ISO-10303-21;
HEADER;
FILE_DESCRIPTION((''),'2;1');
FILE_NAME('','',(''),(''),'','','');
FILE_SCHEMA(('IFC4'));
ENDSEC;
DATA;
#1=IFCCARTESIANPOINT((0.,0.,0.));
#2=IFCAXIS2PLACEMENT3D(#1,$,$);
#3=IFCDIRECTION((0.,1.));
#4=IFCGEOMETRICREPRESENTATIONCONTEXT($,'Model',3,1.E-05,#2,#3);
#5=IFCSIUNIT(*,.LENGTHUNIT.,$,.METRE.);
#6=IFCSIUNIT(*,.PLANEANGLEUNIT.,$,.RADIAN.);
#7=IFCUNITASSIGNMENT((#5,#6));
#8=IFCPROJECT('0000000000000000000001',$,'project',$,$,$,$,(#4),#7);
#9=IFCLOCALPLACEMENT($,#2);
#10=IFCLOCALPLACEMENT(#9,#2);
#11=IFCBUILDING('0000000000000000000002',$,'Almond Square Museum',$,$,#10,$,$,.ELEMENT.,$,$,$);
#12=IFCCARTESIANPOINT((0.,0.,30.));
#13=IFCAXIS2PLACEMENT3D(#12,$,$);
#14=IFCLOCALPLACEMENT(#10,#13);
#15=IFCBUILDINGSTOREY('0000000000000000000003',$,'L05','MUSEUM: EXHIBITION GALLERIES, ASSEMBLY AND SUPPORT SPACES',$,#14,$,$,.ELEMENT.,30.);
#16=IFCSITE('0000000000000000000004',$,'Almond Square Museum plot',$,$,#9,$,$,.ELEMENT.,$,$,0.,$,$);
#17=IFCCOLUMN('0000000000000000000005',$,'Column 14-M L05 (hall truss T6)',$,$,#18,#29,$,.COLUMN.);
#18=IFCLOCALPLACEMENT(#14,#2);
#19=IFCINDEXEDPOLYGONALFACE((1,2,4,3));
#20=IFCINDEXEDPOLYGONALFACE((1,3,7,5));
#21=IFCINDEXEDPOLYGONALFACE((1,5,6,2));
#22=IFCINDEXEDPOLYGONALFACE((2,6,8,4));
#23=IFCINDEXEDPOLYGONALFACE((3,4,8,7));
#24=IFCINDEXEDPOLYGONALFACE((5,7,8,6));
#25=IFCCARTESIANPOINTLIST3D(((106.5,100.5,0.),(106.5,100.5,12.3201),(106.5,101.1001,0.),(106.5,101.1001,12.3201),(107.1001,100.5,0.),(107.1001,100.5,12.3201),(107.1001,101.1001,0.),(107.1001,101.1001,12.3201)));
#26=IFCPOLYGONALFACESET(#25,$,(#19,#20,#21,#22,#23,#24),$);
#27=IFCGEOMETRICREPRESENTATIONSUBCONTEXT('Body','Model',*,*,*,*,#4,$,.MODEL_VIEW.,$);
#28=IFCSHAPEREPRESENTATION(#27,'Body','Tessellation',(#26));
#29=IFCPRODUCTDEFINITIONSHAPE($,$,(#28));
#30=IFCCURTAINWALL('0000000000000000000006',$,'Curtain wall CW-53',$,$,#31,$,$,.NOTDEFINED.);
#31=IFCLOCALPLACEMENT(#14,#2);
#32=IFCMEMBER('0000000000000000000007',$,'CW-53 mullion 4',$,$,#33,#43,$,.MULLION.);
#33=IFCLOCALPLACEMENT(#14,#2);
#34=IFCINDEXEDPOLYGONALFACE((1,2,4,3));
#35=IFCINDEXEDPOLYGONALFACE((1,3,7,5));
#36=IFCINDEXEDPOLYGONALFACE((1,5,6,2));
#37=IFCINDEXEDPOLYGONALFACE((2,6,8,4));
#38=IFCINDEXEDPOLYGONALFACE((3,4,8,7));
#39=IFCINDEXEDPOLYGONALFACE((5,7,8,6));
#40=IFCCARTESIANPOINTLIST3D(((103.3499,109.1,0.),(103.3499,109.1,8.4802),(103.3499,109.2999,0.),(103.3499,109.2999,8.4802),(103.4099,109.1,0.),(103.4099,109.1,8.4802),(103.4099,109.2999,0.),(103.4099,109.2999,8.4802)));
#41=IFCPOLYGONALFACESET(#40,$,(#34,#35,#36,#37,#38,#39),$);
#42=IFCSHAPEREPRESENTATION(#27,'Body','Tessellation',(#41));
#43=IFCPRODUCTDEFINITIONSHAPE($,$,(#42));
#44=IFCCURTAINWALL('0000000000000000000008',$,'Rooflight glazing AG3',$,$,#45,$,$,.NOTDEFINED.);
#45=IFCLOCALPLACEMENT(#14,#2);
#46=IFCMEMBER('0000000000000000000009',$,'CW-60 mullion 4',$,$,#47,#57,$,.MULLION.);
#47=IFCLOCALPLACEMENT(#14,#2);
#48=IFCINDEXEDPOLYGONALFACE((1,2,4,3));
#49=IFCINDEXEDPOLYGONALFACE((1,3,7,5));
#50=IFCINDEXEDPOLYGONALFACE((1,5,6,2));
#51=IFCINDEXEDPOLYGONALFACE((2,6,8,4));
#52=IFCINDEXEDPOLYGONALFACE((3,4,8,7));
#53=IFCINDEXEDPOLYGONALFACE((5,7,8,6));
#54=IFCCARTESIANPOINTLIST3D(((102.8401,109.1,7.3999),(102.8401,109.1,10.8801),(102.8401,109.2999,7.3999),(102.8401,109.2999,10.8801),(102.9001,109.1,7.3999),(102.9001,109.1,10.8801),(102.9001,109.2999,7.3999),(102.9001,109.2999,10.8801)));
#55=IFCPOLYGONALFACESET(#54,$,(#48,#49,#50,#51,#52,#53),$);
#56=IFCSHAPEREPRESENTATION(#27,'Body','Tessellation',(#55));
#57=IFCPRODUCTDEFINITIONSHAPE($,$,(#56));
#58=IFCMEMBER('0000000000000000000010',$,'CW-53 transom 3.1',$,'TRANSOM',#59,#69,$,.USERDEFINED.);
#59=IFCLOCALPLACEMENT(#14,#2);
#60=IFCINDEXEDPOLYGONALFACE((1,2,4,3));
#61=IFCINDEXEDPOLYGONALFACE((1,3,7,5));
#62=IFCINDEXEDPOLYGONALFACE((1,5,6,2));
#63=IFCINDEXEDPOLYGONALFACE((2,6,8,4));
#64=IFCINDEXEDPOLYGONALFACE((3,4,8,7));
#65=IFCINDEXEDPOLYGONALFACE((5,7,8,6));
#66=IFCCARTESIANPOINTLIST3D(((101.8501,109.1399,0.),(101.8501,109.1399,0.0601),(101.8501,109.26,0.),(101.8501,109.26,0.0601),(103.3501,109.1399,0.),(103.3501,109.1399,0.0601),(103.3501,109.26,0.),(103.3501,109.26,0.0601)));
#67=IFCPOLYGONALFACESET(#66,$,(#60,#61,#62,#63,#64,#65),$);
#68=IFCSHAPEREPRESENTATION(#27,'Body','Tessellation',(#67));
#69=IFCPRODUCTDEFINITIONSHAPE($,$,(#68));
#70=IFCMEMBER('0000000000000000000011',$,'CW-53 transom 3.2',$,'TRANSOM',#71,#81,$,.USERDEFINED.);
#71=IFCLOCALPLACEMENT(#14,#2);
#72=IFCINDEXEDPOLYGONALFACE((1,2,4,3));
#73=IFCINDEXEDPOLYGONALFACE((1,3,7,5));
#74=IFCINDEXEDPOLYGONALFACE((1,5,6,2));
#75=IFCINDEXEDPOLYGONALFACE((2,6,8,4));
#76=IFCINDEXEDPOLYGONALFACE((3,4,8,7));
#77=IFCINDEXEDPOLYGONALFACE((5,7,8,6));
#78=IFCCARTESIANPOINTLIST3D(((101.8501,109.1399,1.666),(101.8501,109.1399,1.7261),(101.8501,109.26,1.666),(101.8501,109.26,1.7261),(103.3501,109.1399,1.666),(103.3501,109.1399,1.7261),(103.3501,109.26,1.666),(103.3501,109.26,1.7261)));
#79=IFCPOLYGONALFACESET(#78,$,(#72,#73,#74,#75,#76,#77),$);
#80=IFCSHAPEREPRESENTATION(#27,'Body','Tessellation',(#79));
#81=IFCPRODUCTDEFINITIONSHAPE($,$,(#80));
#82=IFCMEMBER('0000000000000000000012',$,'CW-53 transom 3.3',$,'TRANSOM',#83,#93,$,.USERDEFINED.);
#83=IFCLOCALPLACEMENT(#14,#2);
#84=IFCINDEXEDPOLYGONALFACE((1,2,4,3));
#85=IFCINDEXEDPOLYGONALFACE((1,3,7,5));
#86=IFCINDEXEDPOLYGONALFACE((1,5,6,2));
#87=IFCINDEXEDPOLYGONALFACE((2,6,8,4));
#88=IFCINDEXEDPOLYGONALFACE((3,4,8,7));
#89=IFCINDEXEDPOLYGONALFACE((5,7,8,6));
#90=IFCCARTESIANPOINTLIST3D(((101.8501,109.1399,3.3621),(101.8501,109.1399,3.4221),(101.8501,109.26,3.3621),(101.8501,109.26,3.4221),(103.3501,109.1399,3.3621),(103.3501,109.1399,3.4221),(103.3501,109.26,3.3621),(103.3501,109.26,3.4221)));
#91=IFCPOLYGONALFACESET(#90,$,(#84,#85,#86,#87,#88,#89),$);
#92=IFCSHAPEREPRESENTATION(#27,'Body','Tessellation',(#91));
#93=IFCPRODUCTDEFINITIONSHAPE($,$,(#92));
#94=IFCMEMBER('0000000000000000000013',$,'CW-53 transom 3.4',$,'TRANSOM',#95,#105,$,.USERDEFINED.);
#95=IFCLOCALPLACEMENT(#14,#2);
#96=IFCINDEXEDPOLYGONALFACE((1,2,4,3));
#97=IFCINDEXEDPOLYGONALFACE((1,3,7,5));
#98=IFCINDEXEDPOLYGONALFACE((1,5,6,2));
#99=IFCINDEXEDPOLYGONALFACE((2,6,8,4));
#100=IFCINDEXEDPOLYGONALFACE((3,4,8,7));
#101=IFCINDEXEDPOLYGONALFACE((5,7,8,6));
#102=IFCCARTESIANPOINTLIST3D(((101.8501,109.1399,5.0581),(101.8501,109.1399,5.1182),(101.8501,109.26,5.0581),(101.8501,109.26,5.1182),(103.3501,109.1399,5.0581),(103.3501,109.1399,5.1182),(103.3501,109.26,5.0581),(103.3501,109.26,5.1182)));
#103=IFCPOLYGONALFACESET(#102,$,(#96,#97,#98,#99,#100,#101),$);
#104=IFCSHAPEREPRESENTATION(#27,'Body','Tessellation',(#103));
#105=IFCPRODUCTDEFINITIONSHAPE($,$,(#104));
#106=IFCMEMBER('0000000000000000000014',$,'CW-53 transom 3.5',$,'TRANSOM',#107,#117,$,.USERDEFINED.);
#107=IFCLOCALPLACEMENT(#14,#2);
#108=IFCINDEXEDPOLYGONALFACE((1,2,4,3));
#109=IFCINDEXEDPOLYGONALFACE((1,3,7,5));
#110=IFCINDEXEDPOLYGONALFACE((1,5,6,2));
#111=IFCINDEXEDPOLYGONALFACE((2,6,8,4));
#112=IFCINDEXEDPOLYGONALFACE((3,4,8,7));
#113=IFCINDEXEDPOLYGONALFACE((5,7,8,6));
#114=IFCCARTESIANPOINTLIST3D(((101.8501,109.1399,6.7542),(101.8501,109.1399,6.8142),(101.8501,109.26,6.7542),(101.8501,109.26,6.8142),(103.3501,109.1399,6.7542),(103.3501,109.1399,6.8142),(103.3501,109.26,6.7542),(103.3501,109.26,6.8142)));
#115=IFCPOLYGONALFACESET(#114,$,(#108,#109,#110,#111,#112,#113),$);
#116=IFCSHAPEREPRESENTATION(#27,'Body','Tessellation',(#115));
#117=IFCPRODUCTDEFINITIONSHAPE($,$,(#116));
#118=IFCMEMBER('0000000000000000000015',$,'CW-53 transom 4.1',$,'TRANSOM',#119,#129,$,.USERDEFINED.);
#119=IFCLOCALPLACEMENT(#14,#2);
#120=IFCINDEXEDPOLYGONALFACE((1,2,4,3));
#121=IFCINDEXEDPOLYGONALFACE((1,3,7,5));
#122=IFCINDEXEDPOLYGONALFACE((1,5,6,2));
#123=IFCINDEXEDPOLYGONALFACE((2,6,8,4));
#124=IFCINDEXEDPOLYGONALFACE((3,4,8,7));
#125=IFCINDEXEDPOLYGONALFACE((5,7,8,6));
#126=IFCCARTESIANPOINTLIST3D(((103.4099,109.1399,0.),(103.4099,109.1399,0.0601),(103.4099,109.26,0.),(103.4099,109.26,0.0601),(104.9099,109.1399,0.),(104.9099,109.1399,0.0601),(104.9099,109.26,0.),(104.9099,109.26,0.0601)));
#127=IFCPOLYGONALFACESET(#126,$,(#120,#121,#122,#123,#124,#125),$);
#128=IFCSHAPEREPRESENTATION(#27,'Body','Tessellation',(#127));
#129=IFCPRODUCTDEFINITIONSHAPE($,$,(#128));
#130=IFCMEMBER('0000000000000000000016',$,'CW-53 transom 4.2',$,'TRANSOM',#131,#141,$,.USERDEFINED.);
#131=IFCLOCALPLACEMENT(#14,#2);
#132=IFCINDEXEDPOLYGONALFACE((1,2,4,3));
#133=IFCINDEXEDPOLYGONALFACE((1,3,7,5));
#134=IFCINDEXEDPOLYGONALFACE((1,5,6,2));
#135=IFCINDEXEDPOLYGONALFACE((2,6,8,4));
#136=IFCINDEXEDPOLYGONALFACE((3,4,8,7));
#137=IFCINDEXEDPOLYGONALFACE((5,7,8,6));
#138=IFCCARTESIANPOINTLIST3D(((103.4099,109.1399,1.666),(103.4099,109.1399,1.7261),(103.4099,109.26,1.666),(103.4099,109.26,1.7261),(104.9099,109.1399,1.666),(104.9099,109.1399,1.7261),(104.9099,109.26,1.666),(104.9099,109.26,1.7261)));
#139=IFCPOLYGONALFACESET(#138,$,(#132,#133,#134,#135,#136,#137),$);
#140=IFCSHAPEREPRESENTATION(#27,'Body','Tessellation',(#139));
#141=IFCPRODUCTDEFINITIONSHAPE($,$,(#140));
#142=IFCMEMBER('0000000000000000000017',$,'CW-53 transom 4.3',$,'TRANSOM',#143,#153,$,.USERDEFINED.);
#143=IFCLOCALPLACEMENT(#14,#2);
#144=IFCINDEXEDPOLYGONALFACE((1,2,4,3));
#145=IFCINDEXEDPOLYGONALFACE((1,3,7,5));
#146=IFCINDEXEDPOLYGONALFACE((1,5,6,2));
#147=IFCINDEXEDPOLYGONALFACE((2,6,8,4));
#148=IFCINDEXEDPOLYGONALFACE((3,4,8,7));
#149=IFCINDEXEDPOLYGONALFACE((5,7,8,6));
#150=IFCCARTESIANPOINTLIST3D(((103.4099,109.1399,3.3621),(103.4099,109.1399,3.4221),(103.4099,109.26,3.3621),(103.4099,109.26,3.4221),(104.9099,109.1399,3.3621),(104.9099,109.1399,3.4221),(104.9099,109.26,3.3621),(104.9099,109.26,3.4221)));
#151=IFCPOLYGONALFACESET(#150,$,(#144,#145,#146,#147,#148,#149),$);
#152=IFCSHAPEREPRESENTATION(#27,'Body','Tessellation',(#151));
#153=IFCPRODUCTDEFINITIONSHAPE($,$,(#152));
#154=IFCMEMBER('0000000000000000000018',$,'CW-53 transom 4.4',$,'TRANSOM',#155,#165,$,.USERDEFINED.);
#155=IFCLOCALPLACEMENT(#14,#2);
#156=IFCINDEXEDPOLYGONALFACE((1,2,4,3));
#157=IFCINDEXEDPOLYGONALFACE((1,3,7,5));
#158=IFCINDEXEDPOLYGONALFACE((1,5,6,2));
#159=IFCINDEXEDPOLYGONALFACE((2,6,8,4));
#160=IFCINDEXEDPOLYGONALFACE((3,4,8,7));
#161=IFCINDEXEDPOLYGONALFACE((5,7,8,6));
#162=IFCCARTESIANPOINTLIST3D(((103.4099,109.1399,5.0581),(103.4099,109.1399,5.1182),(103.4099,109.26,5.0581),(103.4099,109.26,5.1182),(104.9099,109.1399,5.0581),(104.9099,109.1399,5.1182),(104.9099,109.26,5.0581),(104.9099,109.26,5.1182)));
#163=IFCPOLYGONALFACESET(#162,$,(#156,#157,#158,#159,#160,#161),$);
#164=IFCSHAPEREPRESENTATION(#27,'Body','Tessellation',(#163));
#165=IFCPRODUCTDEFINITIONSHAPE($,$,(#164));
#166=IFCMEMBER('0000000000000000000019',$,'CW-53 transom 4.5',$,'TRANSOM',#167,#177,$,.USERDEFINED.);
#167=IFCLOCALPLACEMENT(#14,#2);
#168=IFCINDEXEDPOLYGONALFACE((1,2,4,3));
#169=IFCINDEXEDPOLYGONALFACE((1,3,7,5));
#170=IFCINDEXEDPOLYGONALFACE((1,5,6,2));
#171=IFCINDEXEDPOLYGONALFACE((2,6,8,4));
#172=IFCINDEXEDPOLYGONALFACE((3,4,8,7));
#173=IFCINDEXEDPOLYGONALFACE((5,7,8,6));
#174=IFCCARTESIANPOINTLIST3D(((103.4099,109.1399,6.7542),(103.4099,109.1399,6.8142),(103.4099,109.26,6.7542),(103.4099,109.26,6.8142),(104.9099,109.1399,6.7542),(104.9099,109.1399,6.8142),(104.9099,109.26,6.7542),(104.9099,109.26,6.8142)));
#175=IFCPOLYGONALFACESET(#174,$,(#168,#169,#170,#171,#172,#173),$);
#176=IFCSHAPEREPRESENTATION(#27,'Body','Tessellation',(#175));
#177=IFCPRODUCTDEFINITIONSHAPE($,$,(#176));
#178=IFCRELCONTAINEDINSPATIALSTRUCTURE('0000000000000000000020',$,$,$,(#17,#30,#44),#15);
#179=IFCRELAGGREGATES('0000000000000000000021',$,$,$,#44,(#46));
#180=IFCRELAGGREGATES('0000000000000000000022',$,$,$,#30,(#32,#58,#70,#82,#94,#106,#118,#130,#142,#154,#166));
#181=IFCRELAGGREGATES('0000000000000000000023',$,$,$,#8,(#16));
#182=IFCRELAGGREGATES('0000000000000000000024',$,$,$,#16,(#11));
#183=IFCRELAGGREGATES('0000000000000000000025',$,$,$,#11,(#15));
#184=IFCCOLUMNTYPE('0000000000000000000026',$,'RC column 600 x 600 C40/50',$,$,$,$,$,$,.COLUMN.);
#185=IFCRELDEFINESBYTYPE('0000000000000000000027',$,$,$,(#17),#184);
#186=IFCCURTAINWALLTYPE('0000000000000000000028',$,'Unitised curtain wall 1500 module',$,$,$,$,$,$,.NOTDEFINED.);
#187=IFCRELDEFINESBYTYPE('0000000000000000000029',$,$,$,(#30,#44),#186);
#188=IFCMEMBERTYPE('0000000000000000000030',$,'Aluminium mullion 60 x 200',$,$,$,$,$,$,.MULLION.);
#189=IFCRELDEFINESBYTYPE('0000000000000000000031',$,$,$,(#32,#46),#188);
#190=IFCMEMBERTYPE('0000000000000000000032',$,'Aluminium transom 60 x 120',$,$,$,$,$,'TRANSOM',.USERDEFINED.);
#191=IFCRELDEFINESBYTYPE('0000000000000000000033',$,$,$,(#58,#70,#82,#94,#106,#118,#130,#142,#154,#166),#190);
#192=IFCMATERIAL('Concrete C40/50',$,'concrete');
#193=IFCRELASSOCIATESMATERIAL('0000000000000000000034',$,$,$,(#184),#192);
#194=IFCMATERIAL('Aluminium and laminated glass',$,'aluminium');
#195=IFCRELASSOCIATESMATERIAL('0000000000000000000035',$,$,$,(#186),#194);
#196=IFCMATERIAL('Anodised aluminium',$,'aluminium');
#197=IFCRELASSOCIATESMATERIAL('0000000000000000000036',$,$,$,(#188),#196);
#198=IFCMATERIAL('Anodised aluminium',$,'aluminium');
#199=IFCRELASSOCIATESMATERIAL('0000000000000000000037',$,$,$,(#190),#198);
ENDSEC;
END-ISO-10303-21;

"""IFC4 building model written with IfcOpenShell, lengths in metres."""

from ifc_helpers import new_model, si_unit, direction, frame, origin, origin_2d, place, context, subcontext, project, spatial, rectangle, extrude, material, material_profile, profile_set, type_object, element, aggregate, save


model = new_model("IFC4")

# Units and contexts
model_context = context("Model", 3, precision=1e-05, world=origin(), true_north=direction((0.0, 1.0)))
body_context = subcontext(model_context, "Body", "Model", "MODEL_VIEW")
ifc_project = project(units=[si_unit("LENGTHUNIT", "METRE"), si_unit("PLANEANGLEUNIT", "RADIAN")], contexts=[model_context])

# Site, building, storey
site_placement = place(None, origin())
site = spatial("IfcSite", under=ifc_project, at=site_placement, Name="Almond Square Museum plot", CompositionType="ELEMENT", RefElevation=0.0)
building_placement = place(site_placement, origin())
building = spatial("IfcBuilding", under=site, at=building_placement, Name="Almond Square Museum", CompositionType="ELEMENT")
storey_placement = place(building_placement, frame((0.0, 0.0, 30.0)))
storey = spatial("IfcBuildingStorey", under=building, at=storey_placement, Name="L05", Description="MUSEUM: EXHIBITION GALLERIES, ASSEMBLY AND SUPPORT SPACES", CompositionType="ELEMENT", Elevation=30.0)

# Column
ifc_material_1 = material(Name="Concrete C40/50", Category="concrete")
ifc_material_profile_1 = material_profile(ifc_material_1, rectangle(XDim=0.6001, YDim=0.6001, at=origin_2d()))
ifc_profile_set_1 = profile_set([ifc_material_profile_1], Name="Concrete C40/50")
column_type = type_object("IfcColumnType", Name="RC column 600 x 600 C40/50", PredefinedType="COLUMN", material=ifc_profile_set_1)
column_placement = place(storey_placement, frame((106.8, 100.8, 0.0), z_axis=(0.0, 0.0, 1.0), x_axis=(1.0, 0.0, 0.0)))
element("IfcColumn", 1, at=column_placement, inside=storey, type_object=column_type, Name="Column 14-M L05 (hall truss T6)", PredefinedType="COLUMN", context=body_context, shape_type="SweptSolid", body=[
    extrude(rectangle(XDim=0.6001, YDim=0.6001, at=origin_2d()), origin(), (0.0, 0.0, 1.0), 12.3201),
])

# Curtain walls, members
ifc_material_2 = material(Name="Aluminium and laminated glass", Category="aluminium")
curtain_wall_type = type_object("IfcCurtainWallType", Name="Unitised curtain wall 1500 module", PredefinedType="NOTDEFINED", material=ifc_material_2)
curtain_wall_1_placement = place(storey_placement, origin())
curtain_wall_1 = element("IfcCurtainWall", 2, at=curtain_wall_1_placement, inside=storey, type_object=curtain_wall_type, Name="Curtain wall CW-53", PredefinedType="NOTDEFINED")
ifc_material_3 = material(Name="Anodised aluminium", Category="aluminium")
ifc_material_profile_2 = material_profile(ifc_material_3, rectangle(XDim=0.2, YDim=0.0601, at=origin_2d()))
ifc_profile_set_2 = profile_set([ifc_material_profile_2], Name="Anodised aluminium")
member_type_1 = type_object("IfcMemberType", Name="Aluminium mullion 60 x 200", PredefinedType="MULLION", material=ifc_profile_set_2)
member_1_placement = place(storey_placement, frame((103.3799, 109.2, 0.0), z_axis=(0.0, 0.0, 1.0), x_axis=(0.0, 1.0, 0.0)))
member_1 = element("IfcMember", 3, at=member_1_placement, type_object=member_type_1, Name="CW-53 mullion 4", PredefinedType="MULLION", context=body_context, shape_type="SweptSolid", body=[
    extrude(rectangle(XDim=0.2, YDim=0.0601, at=origin_2d()), origin(), (0.0, 0.0, 1.0), 8.4802),
])
curtain_wall_2_placement = place(storey_placement, origin())
curtain_wall_2 = element("IfcCurtainWall", 4, at=curtain_wall_2_placement, inside=storey, type_object=curtain_wall_type, Name="Rooflight glazing AG3", PredefinedType="NOTDEFINED")
member_2_placement = place(storey_placement, frame((102.8701, 109.2, 7.3999), z_axis=(0.0, 0.0, 1.0), x_axis=(0.0, 1.0, 0.0)))
member_2 = element("IfcMember", 5, at=member_2_placement, type_object=member_type_1, Name="CW-60 mullion 4", PredefinedType="MULLION", context=body_context, shape_type="SweptSolid", body=[
    extrude(rectangle(XDim=0.2, YDim=0.0601, at=origin_2d()), origin(), (0.0, 0.0, 1.0), 3.4802),
])
aggregate(curtain_wall_2, [member_2])

# Members
ifc_material_4 = material(Name="Anodised aluminium", Category="aluminium")
ifc_material_profile_3 = material_profile(ifc_material_4, rectangle(XDim=0.1201, YDim=0.0601, at=origin_2d()))
ifc_profile_set_3 = profile_set([ifc_material_profile_3], Name="Anodised aluminium")
member_type_2 = type_object("IfcMemberType", Name="Aluminium transom 60 x 120", ElementType="TRANSOM", PredefinedType="USERDEFINED", material=ifc_profile_set_3)
member_3_placement = place(storey_placement, frame((101.8501, 109.2, 0.03), z_axis=(1.0, 0.0, 0.0), x_axis=(0.0, 1.0, 0.0)))
member_3 = element("IfcMember", 6, at=member_3_placement, type_object=member_type_2, Name="CW-53 transom 3.1", ObjectType="TRANSOM", PredefinedType="USERDEFINED", context=body_context, shape_type="SweptSolid", body=[
    extrude(rectangle(XDim=0.1201, YDim=0.0601, at=origin_2d()), origin(), (0.0, 0.0, 1.0), 1.5),
])
member_4_placement = place(storey_placement, frame((101.8501, 109.2, 1.696), z_axis=(1.0, 0.0, 0.0), x_axis=(0.0, 1.0, 0.0)))
member_4 = element("IfcMember", 7, at=member_4_placement, type_object=member_type_2, Name="CW-53 transom 3.2", ObjectType="TRANSOM", PredefinedType="USERDEFINED", context=body_context, shape_type="SweptSolid", body=[
    extrude(rectangle(XDim=0.1201, YDim=0.0601, at=origin_2d()), origin(), (0.0, 0.0, 1.0), 1.5),
])
member_5_placement = place(storey_placement, frame((101.8501, 109.2, 3.3921), z_axis=(1.0, 0.0, 0.0), x_axis=(0.0, 1.0, 0.0)))
member_5 = element("IfcMember", 8, at=member_5_placement, type_object=member_type_2, Name="CW-53 transom 3.3", ObjectType="TRANSOM", PredefinedType="USERDEFINED", context=body_context, shape_type="SweptSolid", body=[
    extrude(rectangle(XDim=0.1201, YDim=0.0601, at=origin_2d()), origin(), (0.0, 0.0, 1.0), 1.5),
])
member_6_placement = place(storey_placement, frame((101.8501, 109.2, 5.0881), z_axis=(1.0, 0.0, 0.0), x_axis=(0.0, 1.0, 0.0)))
member_6 = element("IfcMember", 9, at=member_6_placement, type_object=member_type_2, Name="CW-53 transom 3.4", ObjectType="TRANSOM", PredefinedType="USERDEFINED", context=body_context, shape_type="SweptSolid", body=[
    extrude(rectangle(XDim=0.1201, YDim=0.0601, at=origin_2d()), origin(), (0.0, 0.0, 1.0), 1.5),
])
member_7_placement = place(storey_placement, frame((101.8501, 109.2, 6.7842), z_axis=(1.0, 0.0, 0.0), x_axis=(0.0, 1.0, 0.0)))
member_7 = element("IfcMember", 10, at=member_7_placement, type_object=member_type_2, Name="CW-53 transom 3.5", ObjectType="TRANSOM", PredefinedType="USERDEFINED", context=body_context, shape_type="SweptSolid", body=[
    extrude(rectangle(XDim=0.1201, YDim=0.0601, at=origin_2d()), origin(), (0.0, 0.0, 1.0), 1.5),
])
member_8_placement = place(storey_placement, frame((103.4099, 109.2, 0.03), z_axis=(1.0, 0.0, 0.0), x_axis=(0.0, 1.0, 0.0)))
member_8 = element("IfcMember", 11, at=member_8_placement, type_object=member_type_2, Name="CW-53 transom 4.1", ObjectType="TRANSOM", PredefinedType="USERDEFINED", context=body_context, shape_type="SweptSolid", body=[
    extrude(rectangle(XDim=0.1201, YDim=0.0601, at=origin_2d()), origin(), (0.0, 0.0, 1.0), 1.5),
])
member_9_placement = place(storey_placement, frame((103.4099, 109.2, 1.696), z_axis=(1.0, 0.0, 0.0), x_axis=(0.0, 1.0, 0.0)))
member_9 = element("IfcMember", 12, at=member_9_placement, type_object=member_type_2, Name="CW-53 transom 4.2", ObjectType="TRANSOM", PredefinedType="USERDEFINED", context=body_context, shape_type="SweptSolid", body=[
    extrude(rectangle(XDim=0.1201, YDim=0.0601, at=origin_2d()), origin(), (0.0, 0.0, 1.0), 1.5),
])
member_10_placement = place(storey_placement, frame((103.4099, 109.2, 3.3921), z_axis=(1.0, 0.0, 0.0), x_axis=(0.0, 1.0, 0.0)))
member_10 = element("IfcMember", 13, at=member_10_placement, type_object=member_type_2, Name="CW-53 transom 4.3", ObjectType="TRANSOM", PredefinedType="USERDEFINED", context=body_context, shape_type="SweptSolid", body=[
    extrude(rectangle(XDim=0.1201, YDim=0.0601, at=origin_2d()), origin(), (0.0, 0.0, 1.0), 1.5),
])
member_11_placement = place(storey_placement, frame((103.4099, 109.2, 5.0881), z_axis=(1.0, 0.0, 0.0), x_axis=(0.0, 1.0, 0.0)))
member_11 = element("IfcMember", 14, at=member_11_placement, type_object=member_type_2, Name="CW-53 transom 4.4", ObjectType="TRANSOM", PredefinedType="USERDEFINED", context=body_context, shape_type="SweptSolid", body=[
    extrude(rectangle(XDim=0.1201, YDim=0.0601, at=origin_2d()), origin(), (0.0, 0.0, 1.0), 1.5),
])
member_12_placement = place(storey_placement, frame((103.4099, 109.2, 6.7842), z_axis=(1.0, 0.0, 0.0), x_axis=(0.0, 1.0, 0.0)))
member_12 = element("IfcMember", 15, at=member_12_placement, type_object=member_type_2, Name="CW-53 transom 4.5", ObjectType="TRANSOM", PredefinedType="USERDEFINED", context=body_context, shape_type="SweptSolid", body=[
    extrude(rectangle(XDim=0.1201, YDim=0.0601, at=origin_2d()), origin(), (0.0, 0.0, 1.0), 1.5),
])

aggregate(curtain_wall_1, [member_1, member_3, member_4, member_5, member_6, member_7, member_8, member_9, member_10, member_11, member_12])

save(model, "model.ifc")
